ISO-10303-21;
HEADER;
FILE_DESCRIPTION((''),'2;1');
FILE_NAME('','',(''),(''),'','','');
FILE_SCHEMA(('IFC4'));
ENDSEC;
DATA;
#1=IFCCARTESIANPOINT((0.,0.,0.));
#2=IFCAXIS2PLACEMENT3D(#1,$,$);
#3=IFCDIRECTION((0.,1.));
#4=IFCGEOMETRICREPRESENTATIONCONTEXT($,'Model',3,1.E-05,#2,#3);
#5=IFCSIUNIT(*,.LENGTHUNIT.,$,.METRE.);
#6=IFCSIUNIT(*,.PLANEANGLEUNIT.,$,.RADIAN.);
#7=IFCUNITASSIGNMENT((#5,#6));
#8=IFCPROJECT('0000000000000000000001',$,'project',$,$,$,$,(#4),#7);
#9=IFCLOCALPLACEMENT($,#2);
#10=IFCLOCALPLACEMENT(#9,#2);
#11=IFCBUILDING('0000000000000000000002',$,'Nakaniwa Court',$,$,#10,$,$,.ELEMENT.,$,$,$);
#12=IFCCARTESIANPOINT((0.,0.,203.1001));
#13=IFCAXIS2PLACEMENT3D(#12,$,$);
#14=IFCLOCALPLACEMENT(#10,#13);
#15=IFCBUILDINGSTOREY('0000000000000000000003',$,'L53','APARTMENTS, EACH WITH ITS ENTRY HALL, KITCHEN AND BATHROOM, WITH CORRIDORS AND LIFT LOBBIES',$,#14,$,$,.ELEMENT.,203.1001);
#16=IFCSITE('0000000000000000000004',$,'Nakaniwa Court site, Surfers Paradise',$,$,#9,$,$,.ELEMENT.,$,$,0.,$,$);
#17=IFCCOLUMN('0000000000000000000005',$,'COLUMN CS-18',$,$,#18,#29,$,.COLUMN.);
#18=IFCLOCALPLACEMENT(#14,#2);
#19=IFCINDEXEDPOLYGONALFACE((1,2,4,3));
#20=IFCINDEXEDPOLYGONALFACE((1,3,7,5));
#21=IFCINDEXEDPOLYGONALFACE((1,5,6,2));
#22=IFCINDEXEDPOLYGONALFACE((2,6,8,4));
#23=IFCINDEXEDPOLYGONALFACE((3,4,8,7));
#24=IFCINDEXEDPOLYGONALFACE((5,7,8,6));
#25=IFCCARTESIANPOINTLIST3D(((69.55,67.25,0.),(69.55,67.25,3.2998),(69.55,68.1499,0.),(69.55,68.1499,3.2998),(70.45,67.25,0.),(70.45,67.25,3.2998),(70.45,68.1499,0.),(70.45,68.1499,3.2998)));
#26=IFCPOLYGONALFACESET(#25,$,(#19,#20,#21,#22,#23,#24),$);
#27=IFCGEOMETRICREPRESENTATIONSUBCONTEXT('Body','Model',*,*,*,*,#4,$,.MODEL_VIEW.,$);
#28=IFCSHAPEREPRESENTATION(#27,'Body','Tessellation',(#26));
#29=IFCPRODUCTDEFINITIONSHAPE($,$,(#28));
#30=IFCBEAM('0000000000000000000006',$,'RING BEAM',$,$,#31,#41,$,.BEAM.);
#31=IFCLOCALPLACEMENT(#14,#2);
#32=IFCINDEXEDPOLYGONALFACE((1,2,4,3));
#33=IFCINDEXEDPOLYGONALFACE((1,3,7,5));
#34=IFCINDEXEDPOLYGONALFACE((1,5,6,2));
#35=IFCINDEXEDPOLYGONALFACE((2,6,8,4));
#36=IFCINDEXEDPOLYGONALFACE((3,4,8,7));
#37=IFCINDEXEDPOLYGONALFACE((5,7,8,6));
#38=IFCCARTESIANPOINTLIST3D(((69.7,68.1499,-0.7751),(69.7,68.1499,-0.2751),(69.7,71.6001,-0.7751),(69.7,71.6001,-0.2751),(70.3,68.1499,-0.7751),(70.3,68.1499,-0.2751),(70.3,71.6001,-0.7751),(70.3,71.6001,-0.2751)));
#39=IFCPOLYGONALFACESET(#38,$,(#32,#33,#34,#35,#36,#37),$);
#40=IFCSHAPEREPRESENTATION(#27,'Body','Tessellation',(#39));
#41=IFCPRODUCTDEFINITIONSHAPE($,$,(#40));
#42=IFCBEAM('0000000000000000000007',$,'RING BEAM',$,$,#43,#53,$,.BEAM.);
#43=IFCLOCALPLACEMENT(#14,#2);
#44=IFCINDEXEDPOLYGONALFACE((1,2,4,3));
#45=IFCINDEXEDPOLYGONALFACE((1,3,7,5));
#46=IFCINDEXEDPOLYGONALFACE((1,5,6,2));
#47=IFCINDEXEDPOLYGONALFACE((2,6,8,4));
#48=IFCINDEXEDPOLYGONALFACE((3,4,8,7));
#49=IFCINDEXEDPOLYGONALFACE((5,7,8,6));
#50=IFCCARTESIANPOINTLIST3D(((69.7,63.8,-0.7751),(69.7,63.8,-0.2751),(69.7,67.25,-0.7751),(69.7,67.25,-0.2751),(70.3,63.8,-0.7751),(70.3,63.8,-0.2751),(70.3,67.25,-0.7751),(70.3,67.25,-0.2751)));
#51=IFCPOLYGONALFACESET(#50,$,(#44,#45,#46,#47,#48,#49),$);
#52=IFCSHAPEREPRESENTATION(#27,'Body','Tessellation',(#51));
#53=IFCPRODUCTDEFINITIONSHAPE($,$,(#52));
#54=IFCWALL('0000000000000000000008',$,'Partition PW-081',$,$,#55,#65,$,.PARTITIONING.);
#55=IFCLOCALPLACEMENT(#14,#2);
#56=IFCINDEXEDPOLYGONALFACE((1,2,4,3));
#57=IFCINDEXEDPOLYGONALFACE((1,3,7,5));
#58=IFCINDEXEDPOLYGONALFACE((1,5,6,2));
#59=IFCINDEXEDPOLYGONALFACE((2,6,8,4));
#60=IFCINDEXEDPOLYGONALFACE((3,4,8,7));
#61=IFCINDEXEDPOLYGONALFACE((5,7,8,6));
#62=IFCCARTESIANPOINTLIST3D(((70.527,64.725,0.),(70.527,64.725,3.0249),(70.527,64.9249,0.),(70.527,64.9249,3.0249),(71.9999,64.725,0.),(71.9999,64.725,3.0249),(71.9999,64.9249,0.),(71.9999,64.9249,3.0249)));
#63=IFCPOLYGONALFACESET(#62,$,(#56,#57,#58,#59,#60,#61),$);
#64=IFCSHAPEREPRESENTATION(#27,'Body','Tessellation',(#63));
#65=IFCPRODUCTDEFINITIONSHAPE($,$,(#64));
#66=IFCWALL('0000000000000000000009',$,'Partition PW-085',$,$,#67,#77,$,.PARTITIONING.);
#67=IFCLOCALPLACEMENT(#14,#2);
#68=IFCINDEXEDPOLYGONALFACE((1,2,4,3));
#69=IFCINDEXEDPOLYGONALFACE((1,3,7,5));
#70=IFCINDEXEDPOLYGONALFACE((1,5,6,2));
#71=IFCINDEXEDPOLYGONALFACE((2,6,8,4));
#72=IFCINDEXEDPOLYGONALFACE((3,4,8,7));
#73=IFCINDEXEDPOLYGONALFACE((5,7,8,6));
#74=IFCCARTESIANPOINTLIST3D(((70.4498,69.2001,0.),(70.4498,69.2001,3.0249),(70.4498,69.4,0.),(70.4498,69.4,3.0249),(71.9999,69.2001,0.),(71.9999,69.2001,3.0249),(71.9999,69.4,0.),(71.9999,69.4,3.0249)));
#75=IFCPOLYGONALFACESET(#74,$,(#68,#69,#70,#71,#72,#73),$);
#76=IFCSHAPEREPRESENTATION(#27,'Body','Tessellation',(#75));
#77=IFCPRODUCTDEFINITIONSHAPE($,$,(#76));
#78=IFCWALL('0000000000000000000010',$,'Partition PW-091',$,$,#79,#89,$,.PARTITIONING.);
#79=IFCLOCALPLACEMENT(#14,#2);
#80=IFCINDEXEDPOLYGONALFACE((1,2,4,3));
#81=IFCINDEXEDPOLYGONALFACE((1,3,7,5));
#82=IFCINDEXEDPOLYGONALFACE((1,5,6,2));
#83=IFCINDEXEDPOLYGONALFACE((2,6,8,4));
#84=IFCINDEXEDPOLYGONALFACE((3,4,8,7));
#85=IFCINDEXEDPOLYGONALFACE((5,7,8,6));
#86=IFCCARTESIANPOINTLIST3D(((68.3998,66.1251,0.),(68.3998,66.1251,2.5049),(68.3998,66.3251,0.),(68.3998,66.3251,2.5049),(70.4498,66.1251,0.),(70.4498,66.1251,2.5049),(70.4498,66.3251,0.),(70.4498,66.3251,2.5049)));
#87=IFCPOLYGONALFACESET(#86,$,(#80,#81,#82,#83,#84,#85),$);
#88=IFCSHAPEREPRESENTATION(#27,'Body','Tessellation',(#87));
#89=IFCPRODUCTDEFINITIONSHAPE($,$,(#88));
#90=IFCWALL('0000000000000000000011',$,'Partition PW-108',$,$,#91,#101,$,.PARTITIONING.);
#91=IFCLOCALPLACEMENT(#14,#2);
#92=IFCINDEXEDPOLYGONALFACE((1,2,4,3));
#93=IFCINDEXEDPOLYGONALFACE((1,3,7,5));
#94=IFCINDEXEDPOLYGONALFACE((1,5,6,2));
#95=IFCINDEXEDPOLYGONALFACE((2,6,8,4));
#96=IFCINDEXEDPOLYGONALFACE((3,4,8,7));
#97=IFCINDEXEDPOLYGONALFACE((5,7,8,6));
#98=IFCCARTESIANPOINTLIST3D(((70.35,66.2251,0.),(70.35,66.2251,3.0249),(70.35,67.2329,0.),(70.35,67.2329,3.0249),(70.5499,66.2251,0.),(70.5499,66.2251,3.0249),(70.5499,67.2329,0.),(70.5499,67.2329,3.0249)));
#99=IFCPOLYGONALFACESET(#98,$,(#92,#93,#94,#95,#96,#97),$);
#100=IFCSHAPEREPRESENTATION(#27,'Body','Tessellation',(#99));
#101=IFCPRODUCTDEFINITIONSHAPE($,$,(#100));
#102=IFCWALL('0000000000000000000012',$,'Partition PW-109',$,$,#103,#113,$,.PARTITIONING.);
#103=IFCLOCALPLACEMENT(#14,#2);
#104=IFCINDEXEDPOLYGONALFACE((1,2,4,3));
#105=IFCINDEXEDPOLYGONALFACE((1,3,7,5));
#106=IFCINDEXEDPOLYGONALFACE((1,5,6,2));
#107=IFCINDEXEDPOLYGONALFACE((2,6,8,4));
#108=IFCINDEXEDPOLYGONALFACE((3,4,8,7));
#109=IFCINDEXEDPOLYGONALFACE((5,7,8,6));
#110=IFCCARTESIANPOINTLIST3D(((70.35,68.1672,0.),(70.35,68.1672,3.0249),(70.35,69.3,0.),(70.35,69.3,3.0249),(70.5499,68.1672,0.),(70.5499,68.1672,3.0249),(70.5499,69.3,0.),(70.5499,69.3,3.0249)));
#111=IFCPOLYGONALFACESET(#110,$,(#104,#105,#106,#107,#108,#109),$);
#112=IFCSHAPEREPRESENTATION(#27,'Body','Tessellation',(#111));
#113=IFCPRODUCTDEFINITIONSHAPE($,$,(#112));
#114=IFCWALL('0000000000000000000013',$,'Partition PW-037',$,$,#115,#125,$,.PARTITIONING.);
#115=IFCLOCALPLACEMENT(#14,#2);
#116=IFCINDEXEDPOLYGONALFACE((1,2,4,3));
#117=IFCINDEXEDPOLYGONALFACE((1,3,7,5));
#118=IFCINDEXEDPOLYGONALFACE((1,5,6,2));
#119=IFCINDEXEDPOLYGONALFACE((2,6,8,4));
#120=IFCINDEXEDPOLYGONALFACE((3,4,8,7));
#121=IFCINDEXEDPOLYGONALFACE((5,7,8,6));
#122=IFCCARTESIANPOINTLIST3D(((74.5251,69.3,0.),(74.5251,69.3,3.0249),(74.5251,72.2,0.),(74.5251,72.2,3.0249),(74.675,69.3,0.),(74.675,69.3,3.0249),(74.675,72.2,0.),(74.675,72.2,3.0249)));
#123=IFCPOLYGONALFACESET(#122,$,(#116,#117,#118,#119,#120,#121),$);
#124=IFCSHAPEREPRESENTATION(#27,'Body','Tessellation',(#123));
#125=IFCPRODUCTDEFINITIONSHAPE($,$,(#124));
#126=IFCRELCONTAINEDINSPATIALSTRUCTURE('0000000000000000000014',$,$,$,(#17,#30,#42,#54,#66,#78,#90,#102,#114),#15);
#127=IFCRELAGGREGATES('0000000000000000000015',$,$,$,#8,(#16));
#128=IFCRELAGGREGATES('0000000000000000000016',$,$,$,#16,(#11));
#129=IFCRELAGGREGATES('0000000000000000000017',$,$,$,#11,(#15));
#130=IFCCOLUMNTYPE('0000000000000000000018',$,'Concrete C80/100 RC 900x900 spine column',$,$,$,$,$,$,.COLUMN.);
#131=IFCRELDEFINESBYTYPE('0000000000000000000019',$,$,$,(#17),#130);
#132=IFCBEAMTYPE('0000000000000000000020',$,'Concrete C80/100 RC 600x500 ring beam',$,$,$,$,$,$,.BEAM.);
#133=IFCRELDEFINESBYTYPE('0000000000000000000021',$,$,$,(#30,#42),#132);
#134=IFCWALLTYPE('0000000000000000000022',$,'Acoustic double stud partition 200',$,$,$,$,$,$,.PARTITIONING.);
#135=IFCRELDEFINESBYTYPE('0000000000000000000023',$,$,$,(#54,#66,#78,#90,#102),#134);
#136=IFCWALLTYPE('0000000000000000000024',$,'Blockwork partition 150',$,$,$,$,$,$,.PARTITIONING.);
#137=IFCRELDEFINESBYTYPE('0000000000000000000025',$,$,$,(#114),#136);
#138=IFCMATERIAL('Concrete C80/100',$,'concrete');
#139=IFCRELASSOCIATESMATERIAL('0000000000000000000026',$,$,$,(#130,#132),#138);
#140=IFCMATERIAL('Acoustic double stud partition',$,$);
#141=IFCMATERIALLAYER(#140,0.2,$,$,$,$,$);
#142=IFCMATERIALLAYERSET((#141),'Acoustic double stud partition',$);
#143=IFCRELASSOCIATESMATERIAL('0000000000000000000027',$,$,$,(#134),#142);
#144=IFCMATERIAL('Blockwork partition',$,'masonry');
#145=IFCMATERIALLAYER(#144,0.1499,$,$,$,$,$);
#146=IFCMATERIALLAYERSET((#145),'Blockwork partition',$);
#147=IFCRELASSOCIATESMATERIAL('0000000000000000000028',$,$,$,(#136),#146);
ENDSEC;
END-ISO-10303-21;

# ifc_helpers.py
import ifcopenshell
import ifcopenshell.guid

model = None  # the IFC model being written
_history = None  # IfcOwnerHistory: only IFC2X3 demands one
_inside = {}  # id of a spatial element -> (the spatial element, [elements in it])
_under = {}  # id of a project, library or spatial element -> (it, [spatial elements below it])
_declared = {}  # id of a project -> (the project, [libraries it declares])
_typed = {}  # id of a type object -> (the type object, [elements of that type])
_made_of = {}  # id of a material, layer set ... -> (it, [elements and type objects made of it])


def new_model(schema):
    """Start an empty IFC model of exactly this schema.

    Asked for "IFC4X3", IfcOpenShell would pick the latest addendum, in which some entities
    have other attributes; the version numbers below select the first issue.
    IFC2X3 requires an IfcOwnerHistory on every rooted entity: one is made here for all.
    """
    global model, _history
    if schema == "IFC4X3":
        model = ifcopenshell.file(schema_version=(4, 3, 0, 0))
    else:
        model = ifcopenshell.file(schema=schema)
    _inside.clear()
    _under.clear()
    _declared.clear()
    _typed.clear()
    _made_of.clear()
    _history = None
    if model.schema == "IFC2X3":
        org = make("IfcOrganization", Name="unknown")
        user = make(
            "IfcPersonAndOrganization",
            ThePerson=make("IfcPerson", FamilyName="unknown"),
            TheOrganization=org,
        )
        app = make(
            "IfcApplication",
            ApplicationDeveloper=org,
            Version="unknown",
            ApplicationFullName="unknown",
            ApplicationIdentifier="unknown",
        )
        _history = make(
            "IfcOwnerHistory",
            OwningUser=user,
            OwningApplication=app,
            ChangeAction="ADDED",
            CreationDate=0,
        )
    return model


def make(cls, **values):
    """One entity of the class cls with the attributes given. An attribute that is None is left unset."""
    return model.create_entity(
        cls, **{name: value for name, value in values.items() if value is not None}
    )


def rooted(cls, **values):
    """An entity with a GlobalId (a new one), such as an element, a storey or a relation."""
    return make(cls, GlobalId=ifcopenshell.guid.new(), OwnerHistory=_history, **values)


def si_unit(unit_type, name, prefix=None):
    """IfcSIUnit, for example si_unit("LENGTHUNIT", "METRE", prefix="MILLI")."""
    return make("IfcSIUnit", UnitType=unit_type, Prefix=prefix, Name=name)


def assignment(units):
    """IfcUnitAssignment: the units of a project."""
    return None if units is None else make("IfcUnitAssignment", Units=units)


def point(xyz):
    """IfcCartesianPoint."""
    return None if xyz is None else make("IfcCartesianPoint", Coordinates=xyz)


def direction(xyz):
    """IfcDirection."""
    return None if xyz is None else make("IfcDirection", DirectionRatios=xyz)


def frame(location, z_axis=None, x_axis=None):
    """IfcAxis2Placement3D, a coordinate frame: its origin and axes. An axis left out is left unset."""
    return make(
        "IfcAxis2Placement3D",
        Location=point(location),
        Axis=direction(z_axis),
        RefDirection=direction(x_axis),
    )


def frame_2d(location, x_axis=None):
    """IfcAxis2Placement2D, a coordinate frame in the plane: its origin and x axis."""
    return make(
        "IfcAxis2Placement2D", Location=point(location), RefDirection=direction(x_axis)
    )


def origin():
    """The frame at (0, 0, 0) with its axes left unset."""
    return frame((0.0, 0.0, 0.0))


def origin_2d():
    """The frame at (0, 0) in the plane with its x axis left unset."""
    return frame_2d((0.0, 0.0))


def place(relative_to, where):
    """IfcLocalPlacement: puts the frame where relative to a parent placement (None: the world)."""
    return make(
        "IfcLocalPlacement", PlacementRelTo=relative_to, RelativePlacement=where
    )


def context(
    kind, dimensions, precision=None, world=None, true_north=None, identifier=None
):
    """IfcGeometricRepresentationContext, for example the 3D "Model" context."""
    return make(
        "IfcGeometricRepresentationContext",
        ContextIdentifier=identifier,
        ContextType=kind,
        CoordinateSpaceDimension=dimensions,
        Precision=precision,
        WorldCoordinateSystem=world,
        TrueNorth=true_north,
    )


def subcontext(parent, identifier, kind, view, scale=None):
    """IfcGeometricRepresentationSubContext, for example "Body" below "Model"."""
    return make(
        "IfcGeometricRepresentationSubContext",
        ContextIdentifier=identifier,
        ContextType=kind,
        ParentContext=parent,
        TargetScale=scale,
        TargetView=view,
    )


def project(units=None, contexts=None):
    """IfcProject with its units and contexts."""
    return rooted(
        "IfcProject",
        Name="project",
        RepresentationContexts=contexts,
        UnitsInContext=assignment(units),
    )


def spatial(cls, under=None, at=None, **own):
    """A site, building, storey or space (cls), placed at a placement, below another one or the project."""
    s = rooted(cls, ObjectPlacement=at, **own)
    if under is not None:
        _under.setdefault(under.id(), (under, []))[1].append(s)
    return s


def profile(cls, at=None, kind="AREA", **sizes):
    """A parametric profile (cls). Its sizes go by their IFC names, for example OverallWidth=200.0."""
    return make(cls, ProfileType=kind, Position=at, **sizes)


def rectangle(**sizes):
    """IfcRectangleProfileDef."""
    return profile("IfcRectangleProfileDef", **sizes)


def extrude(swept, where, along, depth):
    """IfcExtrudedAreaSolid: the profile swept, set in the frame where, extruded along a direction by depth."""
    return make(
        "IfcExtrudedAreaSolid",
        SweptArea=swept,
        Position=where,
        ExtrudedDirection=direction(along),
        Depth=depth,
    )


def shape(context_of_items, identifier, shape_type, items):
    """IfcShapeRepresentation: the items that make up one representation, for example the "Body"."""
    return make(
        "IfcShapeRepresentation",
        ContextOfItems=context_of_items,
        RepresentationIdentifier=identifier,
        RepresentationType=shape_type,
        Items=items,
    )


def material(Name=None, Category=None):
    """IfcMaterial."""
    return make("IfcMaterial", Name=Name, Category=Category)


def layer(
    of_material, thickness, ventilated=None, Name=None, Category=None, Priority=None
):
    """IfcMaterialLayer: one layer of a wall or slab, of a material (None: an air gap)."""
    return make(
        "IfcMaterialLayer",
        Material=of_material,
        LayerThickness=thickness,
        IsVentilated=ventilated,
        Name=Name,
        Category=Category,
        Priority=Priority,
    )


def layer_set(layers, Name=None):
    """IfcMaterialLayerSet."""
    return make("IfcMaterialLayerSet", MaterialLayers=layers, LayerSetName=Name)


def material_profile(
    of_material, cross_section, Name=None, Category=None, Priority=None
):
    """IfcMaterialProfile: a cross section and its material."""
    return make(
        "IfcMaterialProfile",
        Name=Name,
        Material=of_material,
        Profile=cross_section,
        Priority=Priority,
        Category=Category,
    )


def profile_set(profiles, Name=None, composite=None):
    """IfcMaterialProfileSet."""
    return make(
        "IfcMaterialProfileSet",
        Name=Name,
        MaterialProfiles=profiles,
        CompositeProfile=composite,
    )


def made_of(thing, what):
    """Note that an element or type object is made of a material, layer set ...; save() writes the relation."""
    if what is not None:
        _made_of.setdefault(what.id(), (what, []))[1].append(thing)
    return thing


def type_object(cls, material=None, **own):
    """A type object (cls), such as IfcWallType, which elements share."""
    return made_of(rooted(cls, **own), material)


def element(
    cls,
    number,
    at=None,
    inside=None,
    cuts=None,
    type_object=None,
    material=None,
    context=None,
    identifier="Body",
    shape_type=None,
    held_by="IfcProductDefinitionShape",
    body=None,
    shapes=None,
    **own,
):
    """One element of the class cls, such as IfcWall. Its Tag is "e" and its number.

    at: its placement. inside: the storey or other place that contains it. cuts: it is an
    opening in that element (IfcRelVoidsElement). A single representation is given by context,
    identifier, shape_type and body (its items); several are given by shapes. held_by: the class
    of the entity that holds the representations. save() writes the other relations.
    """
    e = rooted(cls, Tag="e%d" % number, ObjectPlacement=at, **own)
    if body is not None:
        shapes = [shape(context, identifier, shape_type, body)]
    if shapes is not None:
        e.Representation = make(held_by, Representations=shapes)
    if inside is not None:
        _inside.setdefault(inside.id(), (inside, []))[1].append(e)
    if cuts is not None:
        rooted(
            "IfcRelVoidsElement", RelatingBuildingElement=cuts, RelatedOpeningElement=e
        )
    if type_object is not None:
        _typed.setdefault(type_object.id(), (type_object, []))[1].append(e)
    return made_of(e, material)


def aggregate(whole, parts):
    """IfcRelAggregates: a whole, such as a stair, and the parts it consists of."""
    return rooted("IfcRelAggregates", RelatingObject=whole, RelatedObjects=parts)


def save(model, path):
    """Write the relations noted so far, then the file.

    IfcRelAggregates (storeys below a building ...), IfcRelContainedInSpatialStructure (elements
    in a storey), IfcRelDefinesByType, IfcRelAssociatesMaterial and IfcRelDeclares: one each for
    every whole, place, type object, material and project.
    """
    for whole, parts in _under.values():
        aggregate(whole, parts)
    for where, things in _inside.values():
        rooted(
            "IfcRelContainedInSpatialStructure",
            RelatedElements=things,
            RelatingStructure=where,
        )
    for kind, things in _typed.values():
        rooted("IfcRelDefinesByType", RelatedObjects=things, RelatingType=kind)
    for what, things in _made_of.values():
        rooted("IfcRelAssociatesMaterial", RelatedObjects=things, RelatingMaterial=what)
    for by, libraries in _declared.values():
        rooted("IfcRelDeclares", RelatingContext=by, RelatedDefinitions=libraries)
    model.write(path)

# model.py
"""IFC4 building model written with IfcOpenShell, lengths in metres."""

from ifc_helpers import new_model, si_unit, direction, frame, frame_2d, origin, origin_2d, place, context, subcontext, project, spatial, rectangle, extrude, material, layer, layer_set, material_profile, profile_set, type_object, element, save


model = new_model("IFC4")

# Units and contexts
model_context = context("Model", 3, precision=1e-05, world=origin(), true_north=direction((0.0, 1.0)))
body_context = subcontext(model_context, "Body", "Model", "MODEL_VIEW")
ifc_project = project(units=[si_unit("LENGTHUNIT", "METRE"), si_unit("PLANEANGLEUNIT", "RADIAN")], contexts=[model_context])

# Site, building, storey
site_placement = place(None, origin())
site = spatial("IfcSite", under=ifc_project, at=site_placement, Name="Nakaniwa Court site, Surfers Paradise", CompositionType="ELEMENT", RefElevation=0.0)
building_placement = place(site_placement, origin())
building = spatial("IfcBuilding", under=site, at=building_placement, Name="Nakaniwa Court", CompositionType="ELEMENT")
storey_placement = place(building_placement, frame((0.0, 0.0, 203.1001)))
storey = spatial("IfcBuildingStorey", under=building, at=storey_placement, Name="L53", Description="APARTMENTS, EACH WITH ITS ENTRY HALL, KITCHEN AND BATHROOM, WITH CORRIDORS AND LIFT LOBBIES", CompositionType="ELEMENT", Elevation=203.1001)

# Column
ifc_material_1 = material(Name="Concrete C80/100", Category="concrete")
ifc_material_profile_1 = material_profile(ifc_material_1, rectangle(XDim=0.8999, YDim=0.8999, at=origin_2d()), Name="Concrete C80/100 RC 900x900 spine column")
ifc_profile_set_1 = profile_set([ifc_material_profile_1], Name="Concrete C80/100")
column_type = type_object("IfcColumnType", Name="Concrete C80/100 RC 900x900 spine column", PredefinedType="COLUMN", material=ifc_profile_set_1)
column_placement = place(storey_placement, frame((70.0, 67.7, 0.0), z_axis=(0.0, 0.0, 1.0), x_axis=(0.0, -1.0, 0.0)))
element("IfcColumn", 1, at=column_placement, inside=storey, type_object=column_type, Name="COLUMN CS-18", PredefinedType="COLUMN", context=body_context, shape_type="SweptSolid", body=[
    extrude(rectangle(XDim=0.8999, YDim=0.8999, at=origin_2d()), origin(), (0.0, 0.0, 1.0), 3.2998),
])

# Beams
ifc_material_profile_2 = material_profile(ifc_material_1, rectangle(XDim=0.6001, YDim=0.5, at=origin_2d()), Name="Concrete C80/100 RC 600x500 ring beam")
ifc_profile_set_2 = profile_set([ifc_material_profile_2], Name="Concrete C80/100")
beam_type = type_object("IfcBeamType", Name="Concrete C80/100 RC 600x500 ring beam", PredefinedType="BEAM", material=ifc_profile_set_2)
beam_1_placement = place(storey_placement, frame((70.0, 71.6001, -0.5251), z_axis=(0.0, -1.0, 0.0), x_axis=(1.0, 0.0, 0.0)))
element("IfcBeam", 2, at=beam_1_placement, inside=storey, type_object=beam_type, Name="RING BEAM", PredefinedType="BEAM", context=body_context, shape_type="SweptSolid", body=[
    extrude(rectangle(XDim=0.6001, YDim=0.5, at=origin_2d()), origin(), (0.0, 0.0, 1.0), 3.4502),
])
beam_2_placement = place(storey_placement, frame((70.0, 67.25, -0.5251), z_axis=(0.0, -1.0, 0.0), x_axis=(1.0, 0.0, 0.0)))
element("IfcBeam", 3, at=beam_2_placement, inside=storey, type_object=beam_type, Name="RING BEAM", PredefinedType="BEAM", context=body_context, shape_type="SweptSolid", body=[
    extrude(rectangle(XDim=0.6001, YDim=0.5, at=origin_2d()), origin(), (0.0, 0.0, 1.0), 3.45),
])

# Walls
ifc_material_2 = material(Name="Acoustic double stud partition")
ifc_layer_1 = layer(ifc_material_2, 0.2)
ifc_layer_set_1 = layer_set([ifc_layer_1], Name="Acoustic double stud partition")
wall_type_1 = type_object("IfcWallType", Name="Acoustic double stud partition 200", PredefinedType="PARTITIONING", material=ifc_layer_set_1)
wall_1_placement = place(storey_placement, frame((70.5271, 64.825, 0.0), z_axis=(0.0, 0.0, 1.0), x_axis=(1.0, 0.0, 0.0)))
element("IfcWall", 4, at=wall_1_placement, inside=storey, type_object=wall_type_1, Name="Partition PW-081", PredefinedType="PARTITIONING", context=body_context, shape_type="SweptSolid", body=[
    extrude(rectangle(XDim=1.4729, YDim=0.2, at=frame_2d((0.7363, 0.0))), origin(), (0.0, 0.0, 1.0), 3.0249),
])
wall_2_placement = place(storey_placement, frame((70.45, 69.3, 0.0), z_axis=(0.0, 0.0, 1.0), x_axis=(1.0, 0.0, 0.0)))
element("IfcWall", 5, at=wall_2_placement, inside=storey, type_object=wall_type_1, Name="Partition PW-085", PredefinedType="PARTITIONING", context=body_context, shape_type="SweptSolid", body=[
    extrude(rectangle(XDim=1.55, YDim=0.2, at=frame_2d((0.7749, 0.0))), origin(), (0.0, 0.0, 1.0), 3.0249),
])
wall_3_placement = place(storey_placement, frame((68.3999, 66.2251, 0.0), z_axis=(0.0, 0.0, 1.0), x_axis=(1.0, 0.0, 0.0)))
element("IfcWall", 6, at=wall_3_placement, inside=storey, type_object=wall_type_1, Name="Partition PW-091", PredefinedType="PARTITIONING", context=body_context, shape_type="SweptSolid", body=[
    extrude(rectangle(XDim=2.05, YDim=0.2, at=frame_2d((1.0249, 0.0))), origin(), (0.0, 0.0, 1.0), 2.5049),
])
wall_4_placement = place(storey_placement, frame((70.45, 66.2251, 0.0), z_axis=(0.0, 0.0, 1.0), x_axis=(0.0, 1.0, 0.0)))
element("IfcWall", 7, at=wall_4_placement, inside=storey, type_object=wall_type_1, Name="Partition PW-108", PredefinedType="PARTITIONING", context=body_context, shape_type="SweptSolid", body=[
    extrude(rectangle(XDim=1.0078, YDim=0.2, at=frame_2d((0.5039, 0.0))), origin(), (0.0, 0.0, 1.0), 3.0249),
])
wall_5_placement = place(storey_placement, frame((70.45, 68.1672, 0.0), z_axis=(0.0, 0.0, 1.0), x_axis=(0.0, 1.0, 0.0)))
element("IfcWall", 8, at=wall_5_placement, inside=storey, type_object=wall_type_1, Name="Partition PW-109", PredefinedType="PARTITIONING", context=body_context, shape_type="SweptSolid", body=[
    extrude(rectangle(XDim=1.1328, YDim=0.2, at=frame_2d((0.5664, 0.0))), origin(), (0.0, 0.0, 1.0), 3.0249),
])
ifc_material_3 = material(Name="Blockwork partition", Category="masonry")
ifc_layer_2 = layer(ifc_material_3, 0.1499)
ifc_layer_set_2 = layer_set([ifc_layer_2], Name="Blockwork partition")
wall_type_2 = type_object("IfcWallType", Name="Blockwork partition 150", PredefinedType="PARTITIONING", material=ifc_layer_set_2)
wall_6_placement = place(storey_placement, frame((74.6001, 69.3, 0.0), z_axis=(0.0, 0.0, 1.0), x_axis=(0.0, 1.0, 0.0)))
element("IfcWall", 9, at=wall_6_placement, inside=storey, type_object=wall_type_2, Name="Partition PW-037", PredefinedType="PARTITIONING", context=body_context, shape_type="SweptSolid", body=[
    extrude(rectangle(XDim=2.8999, YDim=0.1499, at=frame_2d((1.45, 0.0))), origin(), (0.0, 0.0, 1.0), 3.0249),
])

save(model, "model.ifc")
